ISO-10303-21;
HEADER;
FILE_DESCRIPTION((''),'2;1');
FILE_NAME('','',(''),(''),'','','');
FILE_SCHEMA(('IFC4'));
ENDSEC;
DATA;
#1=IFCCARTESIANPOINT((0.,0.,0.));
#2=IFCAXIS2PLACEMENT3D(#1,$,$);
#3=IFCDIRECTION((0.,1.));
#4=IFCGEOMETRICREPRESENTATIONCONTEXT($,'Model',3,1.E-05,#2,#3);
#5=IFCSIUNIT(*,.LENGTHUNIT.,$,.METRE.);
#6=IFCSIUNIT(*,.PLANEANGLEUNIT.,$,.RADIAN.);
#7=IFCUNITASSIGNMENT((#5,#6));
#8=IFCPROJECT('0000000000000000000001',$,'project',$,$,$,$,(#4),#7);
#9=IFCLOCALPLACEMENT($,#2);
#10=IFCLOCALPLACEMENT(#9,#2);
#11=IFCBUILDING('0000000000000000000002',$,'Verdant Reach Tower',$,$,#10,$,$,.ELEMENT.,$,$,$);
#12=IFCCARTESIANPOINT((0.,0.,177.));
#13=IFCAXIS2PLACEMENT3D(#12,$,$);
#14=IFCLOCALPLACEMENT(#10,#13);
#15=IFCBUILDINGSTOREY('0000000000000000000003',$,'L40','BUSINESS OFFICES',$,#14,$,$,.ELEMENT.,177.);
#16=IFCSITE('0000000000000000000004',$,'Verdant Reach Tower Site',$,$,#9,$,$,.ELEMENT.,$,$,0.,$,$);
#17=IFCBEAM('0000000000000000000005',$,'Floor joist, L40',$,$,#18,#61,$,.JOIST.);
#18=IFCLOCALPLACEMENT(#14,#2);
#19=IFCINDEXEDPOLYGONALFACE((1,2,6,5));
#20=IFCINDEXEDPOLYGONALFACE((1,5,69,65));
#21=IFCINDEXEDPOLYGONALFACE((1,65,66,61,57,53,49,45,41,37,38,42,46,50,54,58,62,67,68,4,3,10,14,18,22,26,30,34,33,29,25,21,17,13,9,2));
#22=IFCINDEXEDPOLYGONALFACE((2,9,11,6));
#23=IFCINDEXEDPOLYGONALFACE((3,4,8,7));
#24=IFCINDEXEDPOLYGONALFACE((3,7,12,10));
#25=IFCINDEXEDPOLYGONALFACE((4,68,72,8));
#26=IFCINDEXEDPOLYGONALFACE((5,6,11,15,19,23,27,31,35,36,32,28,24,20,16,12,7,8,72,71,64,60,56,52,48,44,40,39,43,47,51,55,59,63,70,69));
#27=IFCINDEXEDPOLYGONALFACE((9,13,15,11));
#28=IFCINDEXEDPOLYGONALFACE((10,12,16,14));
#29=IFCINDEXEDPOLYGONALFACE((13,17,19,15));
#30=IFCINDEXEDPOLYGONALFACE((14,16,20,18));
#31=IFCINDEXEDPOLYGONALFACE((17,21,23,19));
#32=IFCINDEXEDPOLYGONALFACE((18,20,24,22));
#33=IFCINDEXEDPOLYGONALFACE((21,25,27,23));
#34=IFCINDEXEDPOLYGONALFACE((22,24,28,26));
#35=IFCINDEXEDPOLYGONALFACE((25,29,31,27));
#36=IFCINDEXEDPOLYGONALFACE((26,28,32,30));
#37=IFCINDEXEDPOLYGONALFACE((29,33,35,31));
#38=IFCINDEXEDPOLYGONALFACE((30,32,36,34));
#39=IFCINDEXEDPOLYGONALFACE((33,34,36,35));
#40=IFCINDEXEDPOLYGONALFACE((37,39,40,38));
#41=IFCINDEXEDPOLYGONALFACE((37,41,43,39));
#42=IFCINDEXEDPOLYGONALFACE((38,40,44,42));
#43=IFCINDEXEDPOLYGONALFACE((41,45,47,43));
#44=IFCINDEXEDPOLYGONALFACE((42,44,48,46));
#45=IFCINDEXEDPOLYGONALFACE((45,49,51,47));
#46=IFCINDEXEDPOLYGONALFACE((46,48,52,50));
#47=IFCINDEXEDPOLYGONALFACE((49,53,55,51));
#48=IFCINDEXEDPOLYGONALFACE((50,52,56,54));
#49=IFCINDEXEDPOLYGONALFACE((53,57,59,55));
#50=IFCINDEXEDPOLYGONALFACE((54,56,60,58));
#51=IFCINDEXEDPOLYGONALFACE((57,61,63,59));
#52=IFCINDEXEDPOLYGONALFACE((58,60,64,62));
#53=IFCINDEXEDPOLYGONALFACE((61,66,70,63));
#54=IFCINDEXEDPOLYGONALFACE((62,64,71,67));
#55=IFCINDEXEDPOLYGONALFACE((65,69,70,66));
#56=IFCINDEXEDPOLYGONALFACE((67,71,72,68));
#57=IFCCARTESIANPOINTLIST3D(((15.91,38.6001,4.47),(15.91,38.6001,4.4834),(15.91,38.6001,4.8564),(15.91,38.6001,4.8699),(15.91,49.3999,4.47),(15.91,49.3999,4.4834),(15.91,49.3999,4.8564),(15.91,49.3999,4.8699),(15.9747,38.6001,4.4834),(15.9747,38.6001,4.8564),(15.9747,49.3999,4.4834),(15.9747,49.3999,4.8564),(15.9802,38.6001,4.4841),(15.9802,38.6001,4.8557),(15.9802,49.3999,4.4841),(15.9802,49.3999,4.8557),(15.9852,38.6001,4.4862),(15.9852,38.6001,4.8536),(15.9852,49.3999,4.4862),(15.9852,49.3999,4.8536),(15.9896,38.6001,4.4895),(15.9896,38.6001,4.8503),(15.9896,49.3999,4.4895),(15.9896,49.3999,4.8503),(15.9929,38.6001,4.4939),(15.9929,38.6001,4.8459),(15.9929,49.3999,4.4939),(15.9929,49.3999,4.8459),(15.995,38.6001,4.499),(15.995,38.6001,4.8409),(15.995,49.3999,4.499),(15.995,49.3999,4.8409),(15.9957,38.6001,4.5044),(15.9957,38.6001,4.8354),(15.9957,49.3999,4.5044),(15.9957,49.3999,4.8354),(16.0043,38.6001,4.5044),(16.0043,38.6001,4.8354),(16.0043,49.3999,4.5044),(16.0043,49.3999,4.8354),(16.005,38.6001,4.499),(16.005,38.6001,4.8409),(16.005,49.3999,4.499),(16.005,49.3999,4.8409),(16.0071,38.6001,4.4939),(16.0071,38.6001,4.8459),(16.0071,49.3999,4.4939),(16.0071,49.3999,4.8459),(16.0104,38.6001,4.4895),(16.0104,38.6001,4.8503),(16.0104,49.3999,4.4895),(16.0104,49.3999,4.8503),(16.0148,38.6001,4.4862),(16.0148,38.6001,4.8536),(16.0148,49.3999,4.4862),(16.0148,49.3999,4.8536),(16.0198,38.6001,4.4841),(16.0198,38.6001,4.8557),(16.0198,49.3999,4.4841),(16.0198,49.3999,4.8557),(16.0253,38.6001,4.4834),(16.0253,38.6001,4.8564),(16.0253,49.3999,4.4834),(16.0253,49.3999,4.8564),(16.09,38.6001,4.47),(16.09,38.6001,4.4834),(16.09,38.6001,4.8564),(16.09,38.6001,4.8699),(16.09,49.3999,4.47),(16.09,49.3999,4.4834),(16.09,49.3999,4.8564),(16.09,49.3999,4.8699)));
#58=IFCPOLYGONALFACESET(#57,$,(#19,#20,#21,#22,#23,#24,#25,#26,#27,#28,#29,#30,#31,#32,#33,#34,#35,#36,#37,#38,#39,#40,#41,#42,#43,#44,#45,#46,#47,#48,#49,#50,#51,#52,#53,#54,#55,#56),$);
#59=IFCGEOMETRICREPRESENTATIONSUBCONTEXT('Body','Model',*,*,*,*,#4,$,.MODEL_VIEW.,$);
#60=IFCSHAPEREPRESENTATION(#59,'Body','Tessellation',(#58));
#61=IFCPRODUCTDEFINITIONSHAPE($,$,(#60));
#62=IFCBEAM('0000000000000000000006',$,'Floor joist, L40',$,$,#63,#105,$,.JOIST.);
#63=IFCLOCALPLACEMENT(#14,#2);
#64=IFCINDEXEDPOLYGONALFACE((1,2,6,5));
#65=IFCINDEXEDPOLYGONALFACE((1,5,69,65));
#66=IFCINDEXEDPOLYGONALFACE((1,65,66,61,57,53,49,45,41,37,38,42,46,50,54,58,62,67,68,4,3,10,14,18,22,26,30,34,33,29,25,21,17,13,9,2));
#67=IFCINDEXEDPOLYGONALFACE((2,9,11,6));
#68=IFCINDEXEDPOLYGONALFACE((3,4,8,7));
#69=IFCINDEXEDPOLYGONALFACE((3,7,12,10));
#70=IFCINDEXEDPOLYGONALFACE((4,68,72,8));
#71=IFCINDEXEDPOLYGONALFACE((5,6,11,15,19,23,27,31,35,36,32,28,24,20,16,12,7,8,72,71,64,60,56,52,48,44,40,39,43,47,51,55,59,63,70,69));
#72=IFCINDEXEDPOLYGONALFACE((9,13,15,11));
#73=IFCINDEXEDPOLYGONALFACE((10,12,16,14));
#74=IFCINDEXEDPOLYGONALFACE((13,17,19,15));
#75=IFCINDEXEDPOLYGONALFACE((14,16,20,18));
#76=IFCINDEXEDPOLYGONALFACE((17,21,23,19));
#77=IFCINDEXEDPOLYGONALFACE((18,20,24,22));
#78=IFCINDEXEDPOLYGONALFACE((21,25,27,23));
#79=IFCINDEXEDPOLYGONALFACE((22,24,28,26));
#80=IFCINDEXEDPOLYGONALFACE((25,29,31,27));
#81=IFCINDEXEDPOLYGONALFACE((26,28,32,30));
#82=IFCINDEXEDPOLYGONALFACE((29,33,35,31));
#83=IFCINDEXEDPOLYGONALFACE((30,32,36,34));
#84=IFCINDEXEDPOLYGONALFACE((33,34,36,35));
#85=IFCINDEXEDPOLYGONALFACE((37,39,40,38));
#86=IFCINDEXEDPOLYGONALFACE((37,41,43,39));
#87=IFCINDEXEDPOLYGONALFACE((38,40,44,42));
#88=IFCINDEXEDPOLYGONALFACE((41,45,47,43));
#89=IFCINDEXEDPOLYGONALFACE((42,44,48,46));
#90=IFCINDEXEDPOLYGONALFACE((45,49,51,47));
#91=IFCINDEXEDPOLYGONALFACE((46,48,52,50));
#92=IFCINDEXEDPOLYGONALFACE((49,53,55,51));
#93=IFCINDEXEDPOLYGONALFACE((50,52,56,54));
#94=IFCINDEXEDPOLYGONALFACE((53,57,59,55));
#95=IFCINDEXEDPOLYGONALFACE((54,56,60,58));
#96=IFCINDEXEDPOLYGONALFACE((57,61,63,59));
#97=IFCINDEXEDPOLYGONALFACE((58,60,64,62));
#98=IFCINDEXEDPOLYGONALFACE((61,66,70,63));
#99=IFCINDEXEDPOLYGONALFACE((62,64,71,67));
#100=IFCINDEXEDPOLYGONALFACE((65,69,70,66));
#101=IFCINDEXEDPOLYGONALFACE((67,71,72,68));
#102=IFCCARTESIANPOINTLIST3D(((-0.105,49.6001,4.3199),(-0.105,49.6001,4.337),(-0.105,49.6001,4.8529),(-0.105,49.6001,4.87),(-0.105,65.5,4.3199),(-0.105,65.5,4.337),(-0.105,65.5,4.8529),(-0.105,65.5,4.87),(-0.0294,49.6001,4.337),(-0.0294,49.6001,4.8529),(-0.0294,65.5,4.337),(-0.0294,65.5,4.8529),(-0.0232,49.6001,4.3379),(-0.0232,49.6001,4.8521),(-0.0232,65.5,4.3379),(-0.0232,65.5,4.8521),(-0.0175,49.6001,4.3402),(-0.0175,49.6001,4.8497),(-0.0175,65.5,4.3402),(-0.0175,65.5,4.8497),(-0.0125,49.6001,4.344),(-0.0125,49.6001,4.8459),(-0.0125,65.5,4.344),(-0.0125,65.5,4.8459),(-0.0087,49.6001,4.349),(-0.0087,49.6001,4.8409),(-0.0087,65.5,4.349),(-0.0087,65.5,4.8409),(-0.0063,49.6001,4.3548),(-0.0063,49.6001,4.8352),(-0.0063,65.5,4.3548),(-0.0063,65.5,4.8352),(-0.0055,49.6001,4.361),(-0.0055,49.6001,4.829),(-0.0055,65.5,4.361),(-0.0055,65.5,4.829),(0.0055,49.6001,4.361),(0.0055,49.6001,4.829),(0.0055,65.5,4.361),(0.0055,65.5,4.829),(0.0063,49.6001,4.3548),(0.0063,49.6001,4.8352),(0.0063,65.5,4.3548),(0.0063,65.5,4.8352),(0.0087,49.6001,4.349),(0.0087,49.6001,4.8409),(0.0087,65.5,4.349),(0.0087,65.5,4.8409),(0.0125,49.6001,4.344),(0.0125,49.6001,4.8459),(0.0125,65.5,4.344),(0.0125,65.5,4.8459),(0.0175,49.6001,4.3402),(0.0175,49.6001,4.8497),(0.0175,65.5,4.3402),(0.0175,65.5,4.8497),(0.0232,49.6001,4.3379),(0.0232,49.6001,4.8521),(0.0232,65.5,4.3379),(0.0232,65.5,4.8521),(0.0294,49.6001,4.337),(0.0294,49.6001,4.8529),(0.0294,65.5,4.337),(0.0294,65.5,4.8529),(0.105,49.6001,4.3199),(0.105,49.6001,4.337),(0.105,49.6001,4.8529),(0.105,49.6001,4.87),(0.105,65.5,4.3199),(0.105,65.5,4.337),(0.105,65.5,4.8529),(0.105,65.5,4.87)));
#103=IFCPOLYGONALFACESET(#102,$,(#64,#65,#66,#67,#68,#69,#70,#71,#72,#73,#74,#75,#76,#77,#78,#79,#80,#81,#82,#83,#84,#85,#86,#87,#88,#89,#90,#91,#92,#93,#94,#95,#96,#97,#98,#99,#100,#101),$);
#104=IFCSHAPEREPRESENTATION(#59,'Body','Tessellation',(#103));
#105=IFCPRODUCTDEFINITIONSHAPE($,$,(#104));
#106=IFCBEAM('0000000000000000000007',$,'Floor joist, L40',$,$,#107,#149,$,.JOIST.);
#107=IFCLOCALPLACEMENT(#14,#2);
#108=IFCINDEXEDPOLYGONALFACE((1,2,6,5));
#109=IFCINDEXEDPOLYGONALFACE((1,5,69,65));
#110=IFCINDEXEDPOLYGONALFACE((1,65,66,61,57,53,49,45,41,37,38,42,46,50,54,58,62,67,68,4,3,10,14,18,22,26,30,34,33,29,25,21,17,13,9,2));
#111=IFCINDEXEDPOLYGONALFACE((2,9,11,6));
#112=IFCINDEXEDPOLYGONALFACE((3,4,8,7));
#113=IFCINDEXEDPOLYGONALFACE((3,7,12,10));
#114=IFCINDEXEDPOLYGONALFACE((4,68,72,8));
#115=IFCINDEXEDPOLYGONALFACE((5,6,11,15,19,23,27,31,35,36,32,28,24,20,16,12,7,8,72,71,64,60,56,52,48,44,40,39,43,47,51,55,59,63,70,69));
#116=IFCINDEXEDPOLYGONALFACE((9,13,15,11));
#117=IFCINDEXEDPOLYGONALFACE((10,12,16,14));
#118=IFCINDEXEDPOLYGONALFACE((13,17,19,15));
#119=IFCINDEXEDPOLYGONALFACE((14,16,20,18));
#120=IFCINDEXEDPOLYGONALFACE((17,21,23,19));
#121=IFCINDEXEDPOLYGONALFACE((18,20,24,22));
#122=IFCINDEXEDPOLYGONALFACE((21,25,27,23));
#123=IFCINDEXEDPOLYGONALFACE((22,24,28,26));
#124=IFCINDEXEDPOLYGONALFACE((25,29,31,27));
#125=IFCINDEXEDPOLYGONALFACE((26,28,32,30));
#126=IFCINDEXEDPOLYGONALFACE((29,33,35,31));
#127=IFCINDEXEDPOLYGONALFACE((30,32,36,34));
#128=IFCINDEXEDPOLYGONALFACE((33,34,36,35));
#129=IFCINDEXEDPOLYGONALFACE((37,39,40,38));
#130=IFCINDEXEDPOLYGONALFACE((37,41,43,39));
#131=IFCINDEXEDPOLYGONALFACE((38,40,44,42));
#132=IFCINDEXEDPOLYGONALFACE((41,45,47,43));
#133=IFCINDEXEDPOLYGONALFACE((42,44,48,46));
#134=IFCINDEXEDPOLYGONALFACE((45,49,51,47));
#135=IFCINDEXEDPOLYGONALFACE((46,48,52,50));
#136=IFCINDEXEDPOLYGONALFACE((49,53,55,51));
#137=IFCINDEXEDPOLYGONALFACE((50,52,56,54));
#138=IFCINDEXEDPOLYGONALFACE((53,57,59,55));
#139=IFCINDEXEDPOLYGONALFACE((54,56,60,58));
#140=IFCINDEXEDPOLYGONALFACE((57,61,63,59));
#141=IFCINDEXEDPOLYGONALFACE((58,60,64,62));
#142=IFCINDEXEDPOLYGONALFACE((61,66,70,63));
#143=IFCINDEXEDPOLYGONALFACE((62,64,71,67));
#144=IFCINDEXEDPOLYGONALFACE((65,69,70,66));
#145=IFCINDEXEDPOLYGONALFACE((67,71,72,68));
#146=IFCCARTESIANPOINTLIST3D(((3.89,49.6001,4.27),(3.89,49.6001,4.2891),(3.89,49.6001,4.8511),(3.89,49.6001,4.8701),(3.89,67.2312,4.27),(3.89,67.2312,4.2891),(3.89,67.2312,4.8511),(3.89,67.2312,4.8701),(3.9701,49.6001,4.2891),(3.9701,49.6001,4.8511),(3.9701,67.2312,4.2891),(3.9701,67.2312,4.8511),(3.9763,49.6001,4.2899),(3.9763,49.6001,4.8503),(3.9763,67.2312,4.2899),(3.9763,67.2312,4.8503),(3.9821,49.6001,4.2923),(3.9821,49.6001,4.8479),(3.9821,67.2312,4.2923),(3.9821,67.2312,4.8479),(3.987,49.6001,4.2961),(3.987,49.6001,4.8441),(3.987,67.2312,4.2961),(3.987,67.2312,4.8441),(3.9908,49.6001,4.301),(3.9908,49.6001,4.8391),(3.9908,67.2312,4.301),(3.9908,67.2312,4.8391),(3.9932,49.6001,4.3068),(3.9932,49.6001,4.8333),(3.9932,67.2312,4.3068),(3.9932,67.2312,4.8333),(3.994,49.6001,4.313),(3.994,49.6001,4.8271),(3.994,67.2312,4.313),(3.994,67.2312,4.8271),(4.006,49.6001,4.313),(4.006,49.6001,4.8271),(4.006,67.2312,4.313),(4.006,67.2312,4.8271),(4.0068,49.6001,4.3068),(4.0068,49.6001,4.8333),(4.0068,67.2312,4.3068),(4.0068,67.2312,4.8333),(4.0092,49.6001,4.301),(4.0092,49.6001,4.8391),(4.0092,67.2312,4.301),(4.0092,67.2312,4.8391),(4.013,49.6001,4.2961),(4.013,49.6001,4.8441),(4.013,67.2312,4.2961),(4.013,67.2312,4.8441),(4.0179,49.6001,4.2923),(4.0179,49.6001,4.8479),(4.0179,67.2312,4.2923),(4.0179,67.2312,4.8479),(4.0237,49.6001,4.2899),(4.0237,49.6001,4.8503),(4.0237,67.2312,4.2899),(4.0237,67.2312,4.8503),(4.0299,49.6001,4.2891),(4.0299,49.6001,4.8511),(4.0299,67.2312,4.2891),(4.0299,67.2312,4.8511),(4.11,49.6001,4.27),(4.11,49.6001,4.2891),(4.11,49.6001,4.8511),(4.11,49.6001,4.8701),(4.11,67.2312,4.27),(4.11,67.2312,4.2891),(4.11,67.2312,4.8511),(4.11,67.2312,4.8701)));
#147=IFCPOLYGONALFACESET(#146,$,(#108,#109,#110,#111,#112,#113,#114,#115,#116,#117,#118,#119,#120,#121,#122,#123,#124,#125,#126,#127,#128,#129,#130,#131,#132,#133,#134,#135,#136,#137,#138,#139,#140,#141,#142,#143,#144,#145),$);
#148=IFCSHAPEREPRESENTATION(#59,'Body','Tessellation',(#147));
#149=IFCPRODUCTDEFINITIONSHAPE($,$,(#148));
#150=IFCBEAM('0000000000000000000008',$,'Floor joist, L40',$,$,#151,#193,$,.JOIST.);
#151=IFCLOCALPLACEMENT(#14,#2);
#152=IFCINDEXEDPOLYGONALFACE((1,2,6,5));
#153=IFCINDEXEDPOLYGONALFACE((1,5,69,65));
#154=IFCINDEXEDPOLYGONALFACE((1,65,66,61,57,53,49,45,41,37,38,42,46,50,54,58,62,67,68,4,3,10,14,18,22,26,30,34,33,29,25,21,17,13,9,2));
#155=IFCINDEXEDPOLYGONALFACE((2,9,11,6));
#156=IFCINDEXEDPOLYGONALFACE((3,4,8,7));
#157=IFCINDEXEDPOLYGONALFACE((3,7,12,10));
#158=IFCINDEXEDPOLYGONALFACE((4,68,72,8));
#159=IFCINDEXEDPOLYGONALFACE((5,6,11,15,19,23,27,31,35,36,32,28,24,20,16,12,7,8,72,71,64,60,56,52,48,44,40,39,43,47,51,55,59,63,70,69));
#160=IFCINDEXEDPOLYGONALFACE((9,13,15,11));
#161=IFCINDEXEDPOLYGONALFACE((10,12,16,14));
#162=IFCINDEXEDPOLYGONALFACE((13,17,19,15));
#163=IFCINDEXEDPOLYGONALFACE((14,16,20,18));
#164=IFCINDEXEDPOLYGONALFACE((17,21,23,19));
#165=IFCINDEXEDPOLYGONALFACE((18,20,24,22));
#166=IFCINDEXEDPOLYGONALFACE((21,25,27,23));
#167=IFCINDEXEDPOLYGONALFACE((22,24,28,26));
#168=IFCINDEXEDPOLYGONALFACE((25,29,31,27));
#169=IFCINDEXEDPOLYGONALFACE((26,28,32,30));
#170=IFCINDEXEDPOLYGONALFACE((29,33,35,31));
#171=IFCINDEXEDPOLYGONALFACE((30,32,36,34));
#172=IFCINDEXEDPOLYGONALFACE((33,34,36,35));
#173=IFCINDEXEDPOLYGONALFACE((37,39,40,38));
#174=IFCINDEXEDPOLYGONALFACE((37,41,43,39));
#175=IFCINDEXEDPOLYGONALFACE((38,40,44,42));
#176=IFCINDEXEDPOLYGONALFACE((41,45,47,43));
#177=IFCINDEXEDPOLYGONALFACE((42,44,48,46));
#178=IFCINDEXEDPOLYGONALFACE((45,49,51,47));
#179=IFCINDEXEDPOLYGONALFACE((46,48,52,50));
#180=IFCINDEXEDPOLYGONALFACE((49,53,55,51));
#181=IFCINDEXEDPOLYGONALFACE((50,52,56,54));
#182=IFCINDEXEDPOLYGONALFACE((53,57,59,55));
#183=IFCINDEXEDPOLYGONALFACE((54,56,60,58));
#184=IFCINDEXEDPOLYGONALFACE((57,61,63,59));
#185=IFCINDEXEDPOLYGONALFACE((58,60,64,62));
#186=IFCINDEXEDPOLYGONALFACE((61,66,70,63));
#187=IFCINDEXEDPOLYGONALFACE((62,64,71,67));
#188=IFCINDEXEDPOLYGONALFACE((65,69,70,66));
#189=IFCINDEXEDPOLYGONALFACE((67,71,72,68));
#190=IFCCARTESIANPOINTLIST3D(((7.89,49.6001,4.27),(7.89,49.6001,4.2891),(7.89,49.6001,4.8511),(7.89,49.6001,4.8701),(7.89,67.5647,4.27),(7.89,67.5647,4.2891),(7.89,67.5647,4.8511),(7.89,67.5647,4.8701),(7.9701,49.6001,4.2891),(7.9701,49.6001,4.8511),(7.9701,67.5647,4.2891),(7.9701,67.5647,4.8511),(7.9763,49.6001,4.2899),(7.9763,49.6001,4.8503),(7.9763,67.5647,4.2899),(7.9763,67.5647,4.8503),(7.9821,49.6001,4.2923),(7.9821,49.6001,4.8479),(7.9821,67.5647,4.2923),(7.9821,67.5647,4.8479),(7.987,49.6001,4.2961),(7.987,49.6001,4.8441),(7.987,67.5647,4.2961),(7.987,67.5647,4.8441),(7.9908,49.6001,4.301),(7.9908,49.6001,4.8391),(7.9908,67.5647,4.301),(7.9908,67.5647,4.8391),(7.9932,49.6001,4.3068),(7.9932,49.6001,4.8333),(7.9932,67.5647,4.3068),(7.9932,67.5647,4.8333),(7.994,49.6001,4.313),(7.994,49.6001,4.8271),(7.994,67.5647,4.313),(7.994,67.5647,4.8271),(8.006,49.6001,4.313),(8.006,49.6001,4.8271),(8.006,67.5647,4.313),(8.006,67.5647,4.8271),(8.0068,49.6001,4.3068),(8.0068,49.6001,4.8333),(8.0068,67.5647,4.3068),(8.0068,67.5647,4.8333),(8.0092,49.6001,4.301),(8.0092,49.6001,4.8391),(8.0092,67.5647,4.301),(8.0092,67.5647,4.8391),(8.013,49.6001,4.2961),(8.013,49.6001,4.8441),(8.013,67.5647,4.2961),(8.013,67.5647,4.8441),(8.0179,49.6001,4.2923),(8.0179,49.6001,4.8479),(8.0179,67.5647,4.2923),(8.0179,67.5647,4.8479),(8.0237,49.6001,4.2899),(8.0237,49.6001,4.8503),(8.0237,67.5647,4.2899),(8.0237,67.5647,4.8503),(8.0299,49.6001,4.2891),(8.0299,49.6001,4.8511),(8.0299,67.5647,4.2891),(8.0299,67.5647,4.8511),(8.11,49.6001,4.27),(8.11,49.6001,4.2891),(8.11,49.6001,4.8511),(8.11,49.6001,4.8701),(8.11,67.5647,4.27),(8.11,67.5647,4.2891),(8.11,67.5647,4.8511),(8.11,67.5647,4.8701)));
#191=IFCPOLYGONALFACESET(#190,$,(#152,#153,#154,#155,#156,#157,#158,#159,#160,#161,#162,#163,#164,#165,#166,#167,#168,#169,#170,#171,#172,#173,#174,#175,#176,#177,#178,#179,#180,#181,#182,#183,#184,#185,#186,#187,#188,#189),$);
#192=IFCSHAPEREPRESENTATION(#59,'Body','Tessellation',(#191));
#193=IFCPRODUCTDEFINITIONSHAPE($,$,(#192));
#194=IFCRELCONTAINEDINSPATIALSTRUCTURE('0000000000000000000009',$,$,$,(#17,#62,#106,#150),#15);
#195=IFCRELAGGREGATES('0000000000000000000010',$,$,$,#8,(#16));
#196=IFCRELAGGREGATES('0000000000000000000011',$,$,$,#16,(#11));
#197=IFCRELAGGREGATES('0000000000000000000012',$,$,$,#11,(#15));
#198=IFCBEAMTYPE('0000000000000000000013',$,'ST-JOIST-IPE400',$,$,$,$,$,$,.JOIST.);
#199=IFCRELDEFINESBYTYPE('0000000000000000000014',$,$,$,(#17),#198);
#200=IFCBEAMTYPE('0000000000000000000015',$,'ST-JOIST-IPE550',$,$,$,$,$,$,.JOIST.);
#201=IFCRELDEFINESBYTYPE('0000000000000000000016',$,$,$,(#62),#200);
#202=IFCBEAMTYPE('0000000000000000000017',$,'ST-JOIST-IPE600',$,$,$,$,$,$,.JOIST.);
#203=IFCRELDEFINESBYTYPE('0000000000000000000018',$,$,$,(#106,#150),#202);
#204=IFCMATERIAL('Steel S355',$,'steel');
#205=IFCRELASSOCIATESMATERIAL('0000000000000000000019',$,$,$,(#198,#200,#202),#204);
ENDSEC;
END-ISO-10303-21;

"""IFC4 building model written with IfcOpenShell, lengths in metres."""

from ifc_helpers import new_model, si_unit, direction, frame, origin, origin_2d, place, context, subcontext, project, spatial, i_section, extrude, material, material_profile, profile_set, type_object, element, save


model = new_model("IFC4")

# Units and contexts
model_context = context("Model", 3, precision=1e-05, world=origin(), true_north=direction((0.0, 1.0)))
body_context = subcontext(model_context, "Body", "Model", "MODEL_VIEW")
ifc_project = project(units=[si_unit("LENGTHUNIT", "METRE"), si_unit("PLANEANGLEUNIT", "RADIAN")], contexts=[model_context])

# Site, building, storey
site_placement = place(None, origin())
site = spatial("IfcSite", under=ifc_project, at=site_placement, Name="Verdant Reach Tower Site", CompositionType="ELEMENT", RefElevation=0.0)
building_placement = place(site_placement, origin())
building = spatial("IfcBuilding", under=site, at=building_placement, Name="Verdant Reach Tower", CompositionType="ELEMENT")
storey_placement = place(building_placement, frame((0.0, 0.0, 177.0)))
storey = spatial("IfcBuildingStorey", under=building, at=storey_placement, Name="L40", Description="BUSINESS OFFICES", CompositionType="ELEMENT", Elevation=177.0)

# Beams
ifc_material_1 = material(Name="Steel S355", Category="steel")
ifc_material_profile_1 = material_profile(ifc_material_1, i_section(OverallWidth=0.1799, OverallDepth=0.3999, WebThickness=0.0085, FlangeThickness=0.0134, FilletRadius=0.021, at=origin_2d()), Name="IPE 400")
ifc_profile_set_1 = profile_set([ifc_material_profile_1], Name="Steel S355")
beam_type_1 = type_object("IfcBeamType", Name="ST-JOIST-IPE400", PredefinedType="JOIST", material=ifc_profile_set_1)
beam_1_placement = place(storey_placement, frame((16.0, 38.6001, 4.6699), z_axis=(0.0, 1.0, 0.0), x_axis=(-1.0, 0.0, 0.0)))
element("IfcBeam", 1, at=beam_1_placement, inside=storey, type_object=beam_type_1, Name="Floor joist, L40", PredefinedType="JOIST", context=body_context, shape_type="SweptSolid", body=[
    extrude(i_section(OverallWidth=0.1799, OverallDepth=0.3999, WebThickness=0.0085, FlangeThickness=0.0134, FilletRadius=0.021, at=origin_2d()), origin(), (0.0, 0.0, 1.0), 10.7998),
])
ifc_material_profile_2 = material_profile(ifc_material_1, i_section(OverallWidth=0.21, OverallDepth=0.55, WebThickness=0.011, FlangeThickness=0.0171, FilletRadius=0.0239, at=origin_2d()), Name="IPE 550")
ifc_profile_set_2 = profile_set([ifc_material_profile_2], Name="Steel S355")
beam_type_2 = type_object("IfcBeamType", Name="ST-JOIST-IPE550", PredefinedType="JOIST", material=ifc_profile_set_2)
beam_2_placement = place(storey_placement, frame((0.0, 49.6001, 4.595), z_axis=(0.0, 1.0, 0.0), x_axis=(-1.0, 0.0, 0.0)))
element("IfcBeam", 2, at=beam_2_placement, inside=storey, type_object=beam_type_2, Name="Floor joist, L40", PredefinedType="JOIST", context=body_context, shape_type="SweptSolid", body=[
    extrude(i_section(OverallWidth=0.21, OverallDepth=0.55, WebThickness=0.011, FlangeThickness=0.0171, FilletRadius=0.0239, at=origin_2d()), origin(), (0.0, 0.0, 1.0), 15.8999),
])
ifc_material_profile_3 = material_profile(ifc_material_1, i_section(OverallWidth=0.22, OverallDepth=0.6001, WebThickness=0.012, FlangeThickness=0.019, FilletRadius=0.0239, at=origin_2d()), Name="IPE 600")
ifc_profile_set_3 = profile_set([ifc_material_profile_3], Name="Steel S355")
beam_type_3 = type_object("IfcBeamType", Name="ST-JOIST-IPE600", PredefinedType="JOIST", material=ifc_profile_set_3)
beam_3_placement = place(storey_placement, frame((4.0, 49.6001, 4.5701), z_axis=(0.0, 1.0, 0.0), x_axis=(-1.0, 0.0, 0.0)))
element("IfcBeam", 3, at=beam_3_placement, inside=storey, type_object=beam_type_3, Name="Floor joist, L40", PredefinedType="JOIST", context=body_context, shape_type="SweptSolid", body=[
    extrude(i_section(OverallWidth=0.22, OverallDepth=0.6001, WebThickness=0.012, FlangeThickness=0.019, FilletRadius=0.0239, at=origin_2d()), origin(), (0.0, 0.0, 1.0), 17.6311),
])
beam_4_placement = place(storey_placement, frame((8.0, 49.6001, 4.5701), z_axis=(0.0, 1.0, 0.0), x_axis=(-1.0, 0.0, 0.0)))
element("IfcBeam", 4, at=beam_4_placement, inside=storey, type_object=beam_type_3, Name="Floor joist, L40", PredefinedType="JOIST", context=body_context, shape_type="SweptSolid", body=[
    extrude(i_section(OverallWidth=0.22, OverallDepth=0.6001, WebThickness=0.012, FlangeThickness=0.019, FilletRadius=0.0239, at=origin_2d()), origin(), (0.0, 0.0, 1.0), 17.9646),
])

save(model, "model.ifc")
